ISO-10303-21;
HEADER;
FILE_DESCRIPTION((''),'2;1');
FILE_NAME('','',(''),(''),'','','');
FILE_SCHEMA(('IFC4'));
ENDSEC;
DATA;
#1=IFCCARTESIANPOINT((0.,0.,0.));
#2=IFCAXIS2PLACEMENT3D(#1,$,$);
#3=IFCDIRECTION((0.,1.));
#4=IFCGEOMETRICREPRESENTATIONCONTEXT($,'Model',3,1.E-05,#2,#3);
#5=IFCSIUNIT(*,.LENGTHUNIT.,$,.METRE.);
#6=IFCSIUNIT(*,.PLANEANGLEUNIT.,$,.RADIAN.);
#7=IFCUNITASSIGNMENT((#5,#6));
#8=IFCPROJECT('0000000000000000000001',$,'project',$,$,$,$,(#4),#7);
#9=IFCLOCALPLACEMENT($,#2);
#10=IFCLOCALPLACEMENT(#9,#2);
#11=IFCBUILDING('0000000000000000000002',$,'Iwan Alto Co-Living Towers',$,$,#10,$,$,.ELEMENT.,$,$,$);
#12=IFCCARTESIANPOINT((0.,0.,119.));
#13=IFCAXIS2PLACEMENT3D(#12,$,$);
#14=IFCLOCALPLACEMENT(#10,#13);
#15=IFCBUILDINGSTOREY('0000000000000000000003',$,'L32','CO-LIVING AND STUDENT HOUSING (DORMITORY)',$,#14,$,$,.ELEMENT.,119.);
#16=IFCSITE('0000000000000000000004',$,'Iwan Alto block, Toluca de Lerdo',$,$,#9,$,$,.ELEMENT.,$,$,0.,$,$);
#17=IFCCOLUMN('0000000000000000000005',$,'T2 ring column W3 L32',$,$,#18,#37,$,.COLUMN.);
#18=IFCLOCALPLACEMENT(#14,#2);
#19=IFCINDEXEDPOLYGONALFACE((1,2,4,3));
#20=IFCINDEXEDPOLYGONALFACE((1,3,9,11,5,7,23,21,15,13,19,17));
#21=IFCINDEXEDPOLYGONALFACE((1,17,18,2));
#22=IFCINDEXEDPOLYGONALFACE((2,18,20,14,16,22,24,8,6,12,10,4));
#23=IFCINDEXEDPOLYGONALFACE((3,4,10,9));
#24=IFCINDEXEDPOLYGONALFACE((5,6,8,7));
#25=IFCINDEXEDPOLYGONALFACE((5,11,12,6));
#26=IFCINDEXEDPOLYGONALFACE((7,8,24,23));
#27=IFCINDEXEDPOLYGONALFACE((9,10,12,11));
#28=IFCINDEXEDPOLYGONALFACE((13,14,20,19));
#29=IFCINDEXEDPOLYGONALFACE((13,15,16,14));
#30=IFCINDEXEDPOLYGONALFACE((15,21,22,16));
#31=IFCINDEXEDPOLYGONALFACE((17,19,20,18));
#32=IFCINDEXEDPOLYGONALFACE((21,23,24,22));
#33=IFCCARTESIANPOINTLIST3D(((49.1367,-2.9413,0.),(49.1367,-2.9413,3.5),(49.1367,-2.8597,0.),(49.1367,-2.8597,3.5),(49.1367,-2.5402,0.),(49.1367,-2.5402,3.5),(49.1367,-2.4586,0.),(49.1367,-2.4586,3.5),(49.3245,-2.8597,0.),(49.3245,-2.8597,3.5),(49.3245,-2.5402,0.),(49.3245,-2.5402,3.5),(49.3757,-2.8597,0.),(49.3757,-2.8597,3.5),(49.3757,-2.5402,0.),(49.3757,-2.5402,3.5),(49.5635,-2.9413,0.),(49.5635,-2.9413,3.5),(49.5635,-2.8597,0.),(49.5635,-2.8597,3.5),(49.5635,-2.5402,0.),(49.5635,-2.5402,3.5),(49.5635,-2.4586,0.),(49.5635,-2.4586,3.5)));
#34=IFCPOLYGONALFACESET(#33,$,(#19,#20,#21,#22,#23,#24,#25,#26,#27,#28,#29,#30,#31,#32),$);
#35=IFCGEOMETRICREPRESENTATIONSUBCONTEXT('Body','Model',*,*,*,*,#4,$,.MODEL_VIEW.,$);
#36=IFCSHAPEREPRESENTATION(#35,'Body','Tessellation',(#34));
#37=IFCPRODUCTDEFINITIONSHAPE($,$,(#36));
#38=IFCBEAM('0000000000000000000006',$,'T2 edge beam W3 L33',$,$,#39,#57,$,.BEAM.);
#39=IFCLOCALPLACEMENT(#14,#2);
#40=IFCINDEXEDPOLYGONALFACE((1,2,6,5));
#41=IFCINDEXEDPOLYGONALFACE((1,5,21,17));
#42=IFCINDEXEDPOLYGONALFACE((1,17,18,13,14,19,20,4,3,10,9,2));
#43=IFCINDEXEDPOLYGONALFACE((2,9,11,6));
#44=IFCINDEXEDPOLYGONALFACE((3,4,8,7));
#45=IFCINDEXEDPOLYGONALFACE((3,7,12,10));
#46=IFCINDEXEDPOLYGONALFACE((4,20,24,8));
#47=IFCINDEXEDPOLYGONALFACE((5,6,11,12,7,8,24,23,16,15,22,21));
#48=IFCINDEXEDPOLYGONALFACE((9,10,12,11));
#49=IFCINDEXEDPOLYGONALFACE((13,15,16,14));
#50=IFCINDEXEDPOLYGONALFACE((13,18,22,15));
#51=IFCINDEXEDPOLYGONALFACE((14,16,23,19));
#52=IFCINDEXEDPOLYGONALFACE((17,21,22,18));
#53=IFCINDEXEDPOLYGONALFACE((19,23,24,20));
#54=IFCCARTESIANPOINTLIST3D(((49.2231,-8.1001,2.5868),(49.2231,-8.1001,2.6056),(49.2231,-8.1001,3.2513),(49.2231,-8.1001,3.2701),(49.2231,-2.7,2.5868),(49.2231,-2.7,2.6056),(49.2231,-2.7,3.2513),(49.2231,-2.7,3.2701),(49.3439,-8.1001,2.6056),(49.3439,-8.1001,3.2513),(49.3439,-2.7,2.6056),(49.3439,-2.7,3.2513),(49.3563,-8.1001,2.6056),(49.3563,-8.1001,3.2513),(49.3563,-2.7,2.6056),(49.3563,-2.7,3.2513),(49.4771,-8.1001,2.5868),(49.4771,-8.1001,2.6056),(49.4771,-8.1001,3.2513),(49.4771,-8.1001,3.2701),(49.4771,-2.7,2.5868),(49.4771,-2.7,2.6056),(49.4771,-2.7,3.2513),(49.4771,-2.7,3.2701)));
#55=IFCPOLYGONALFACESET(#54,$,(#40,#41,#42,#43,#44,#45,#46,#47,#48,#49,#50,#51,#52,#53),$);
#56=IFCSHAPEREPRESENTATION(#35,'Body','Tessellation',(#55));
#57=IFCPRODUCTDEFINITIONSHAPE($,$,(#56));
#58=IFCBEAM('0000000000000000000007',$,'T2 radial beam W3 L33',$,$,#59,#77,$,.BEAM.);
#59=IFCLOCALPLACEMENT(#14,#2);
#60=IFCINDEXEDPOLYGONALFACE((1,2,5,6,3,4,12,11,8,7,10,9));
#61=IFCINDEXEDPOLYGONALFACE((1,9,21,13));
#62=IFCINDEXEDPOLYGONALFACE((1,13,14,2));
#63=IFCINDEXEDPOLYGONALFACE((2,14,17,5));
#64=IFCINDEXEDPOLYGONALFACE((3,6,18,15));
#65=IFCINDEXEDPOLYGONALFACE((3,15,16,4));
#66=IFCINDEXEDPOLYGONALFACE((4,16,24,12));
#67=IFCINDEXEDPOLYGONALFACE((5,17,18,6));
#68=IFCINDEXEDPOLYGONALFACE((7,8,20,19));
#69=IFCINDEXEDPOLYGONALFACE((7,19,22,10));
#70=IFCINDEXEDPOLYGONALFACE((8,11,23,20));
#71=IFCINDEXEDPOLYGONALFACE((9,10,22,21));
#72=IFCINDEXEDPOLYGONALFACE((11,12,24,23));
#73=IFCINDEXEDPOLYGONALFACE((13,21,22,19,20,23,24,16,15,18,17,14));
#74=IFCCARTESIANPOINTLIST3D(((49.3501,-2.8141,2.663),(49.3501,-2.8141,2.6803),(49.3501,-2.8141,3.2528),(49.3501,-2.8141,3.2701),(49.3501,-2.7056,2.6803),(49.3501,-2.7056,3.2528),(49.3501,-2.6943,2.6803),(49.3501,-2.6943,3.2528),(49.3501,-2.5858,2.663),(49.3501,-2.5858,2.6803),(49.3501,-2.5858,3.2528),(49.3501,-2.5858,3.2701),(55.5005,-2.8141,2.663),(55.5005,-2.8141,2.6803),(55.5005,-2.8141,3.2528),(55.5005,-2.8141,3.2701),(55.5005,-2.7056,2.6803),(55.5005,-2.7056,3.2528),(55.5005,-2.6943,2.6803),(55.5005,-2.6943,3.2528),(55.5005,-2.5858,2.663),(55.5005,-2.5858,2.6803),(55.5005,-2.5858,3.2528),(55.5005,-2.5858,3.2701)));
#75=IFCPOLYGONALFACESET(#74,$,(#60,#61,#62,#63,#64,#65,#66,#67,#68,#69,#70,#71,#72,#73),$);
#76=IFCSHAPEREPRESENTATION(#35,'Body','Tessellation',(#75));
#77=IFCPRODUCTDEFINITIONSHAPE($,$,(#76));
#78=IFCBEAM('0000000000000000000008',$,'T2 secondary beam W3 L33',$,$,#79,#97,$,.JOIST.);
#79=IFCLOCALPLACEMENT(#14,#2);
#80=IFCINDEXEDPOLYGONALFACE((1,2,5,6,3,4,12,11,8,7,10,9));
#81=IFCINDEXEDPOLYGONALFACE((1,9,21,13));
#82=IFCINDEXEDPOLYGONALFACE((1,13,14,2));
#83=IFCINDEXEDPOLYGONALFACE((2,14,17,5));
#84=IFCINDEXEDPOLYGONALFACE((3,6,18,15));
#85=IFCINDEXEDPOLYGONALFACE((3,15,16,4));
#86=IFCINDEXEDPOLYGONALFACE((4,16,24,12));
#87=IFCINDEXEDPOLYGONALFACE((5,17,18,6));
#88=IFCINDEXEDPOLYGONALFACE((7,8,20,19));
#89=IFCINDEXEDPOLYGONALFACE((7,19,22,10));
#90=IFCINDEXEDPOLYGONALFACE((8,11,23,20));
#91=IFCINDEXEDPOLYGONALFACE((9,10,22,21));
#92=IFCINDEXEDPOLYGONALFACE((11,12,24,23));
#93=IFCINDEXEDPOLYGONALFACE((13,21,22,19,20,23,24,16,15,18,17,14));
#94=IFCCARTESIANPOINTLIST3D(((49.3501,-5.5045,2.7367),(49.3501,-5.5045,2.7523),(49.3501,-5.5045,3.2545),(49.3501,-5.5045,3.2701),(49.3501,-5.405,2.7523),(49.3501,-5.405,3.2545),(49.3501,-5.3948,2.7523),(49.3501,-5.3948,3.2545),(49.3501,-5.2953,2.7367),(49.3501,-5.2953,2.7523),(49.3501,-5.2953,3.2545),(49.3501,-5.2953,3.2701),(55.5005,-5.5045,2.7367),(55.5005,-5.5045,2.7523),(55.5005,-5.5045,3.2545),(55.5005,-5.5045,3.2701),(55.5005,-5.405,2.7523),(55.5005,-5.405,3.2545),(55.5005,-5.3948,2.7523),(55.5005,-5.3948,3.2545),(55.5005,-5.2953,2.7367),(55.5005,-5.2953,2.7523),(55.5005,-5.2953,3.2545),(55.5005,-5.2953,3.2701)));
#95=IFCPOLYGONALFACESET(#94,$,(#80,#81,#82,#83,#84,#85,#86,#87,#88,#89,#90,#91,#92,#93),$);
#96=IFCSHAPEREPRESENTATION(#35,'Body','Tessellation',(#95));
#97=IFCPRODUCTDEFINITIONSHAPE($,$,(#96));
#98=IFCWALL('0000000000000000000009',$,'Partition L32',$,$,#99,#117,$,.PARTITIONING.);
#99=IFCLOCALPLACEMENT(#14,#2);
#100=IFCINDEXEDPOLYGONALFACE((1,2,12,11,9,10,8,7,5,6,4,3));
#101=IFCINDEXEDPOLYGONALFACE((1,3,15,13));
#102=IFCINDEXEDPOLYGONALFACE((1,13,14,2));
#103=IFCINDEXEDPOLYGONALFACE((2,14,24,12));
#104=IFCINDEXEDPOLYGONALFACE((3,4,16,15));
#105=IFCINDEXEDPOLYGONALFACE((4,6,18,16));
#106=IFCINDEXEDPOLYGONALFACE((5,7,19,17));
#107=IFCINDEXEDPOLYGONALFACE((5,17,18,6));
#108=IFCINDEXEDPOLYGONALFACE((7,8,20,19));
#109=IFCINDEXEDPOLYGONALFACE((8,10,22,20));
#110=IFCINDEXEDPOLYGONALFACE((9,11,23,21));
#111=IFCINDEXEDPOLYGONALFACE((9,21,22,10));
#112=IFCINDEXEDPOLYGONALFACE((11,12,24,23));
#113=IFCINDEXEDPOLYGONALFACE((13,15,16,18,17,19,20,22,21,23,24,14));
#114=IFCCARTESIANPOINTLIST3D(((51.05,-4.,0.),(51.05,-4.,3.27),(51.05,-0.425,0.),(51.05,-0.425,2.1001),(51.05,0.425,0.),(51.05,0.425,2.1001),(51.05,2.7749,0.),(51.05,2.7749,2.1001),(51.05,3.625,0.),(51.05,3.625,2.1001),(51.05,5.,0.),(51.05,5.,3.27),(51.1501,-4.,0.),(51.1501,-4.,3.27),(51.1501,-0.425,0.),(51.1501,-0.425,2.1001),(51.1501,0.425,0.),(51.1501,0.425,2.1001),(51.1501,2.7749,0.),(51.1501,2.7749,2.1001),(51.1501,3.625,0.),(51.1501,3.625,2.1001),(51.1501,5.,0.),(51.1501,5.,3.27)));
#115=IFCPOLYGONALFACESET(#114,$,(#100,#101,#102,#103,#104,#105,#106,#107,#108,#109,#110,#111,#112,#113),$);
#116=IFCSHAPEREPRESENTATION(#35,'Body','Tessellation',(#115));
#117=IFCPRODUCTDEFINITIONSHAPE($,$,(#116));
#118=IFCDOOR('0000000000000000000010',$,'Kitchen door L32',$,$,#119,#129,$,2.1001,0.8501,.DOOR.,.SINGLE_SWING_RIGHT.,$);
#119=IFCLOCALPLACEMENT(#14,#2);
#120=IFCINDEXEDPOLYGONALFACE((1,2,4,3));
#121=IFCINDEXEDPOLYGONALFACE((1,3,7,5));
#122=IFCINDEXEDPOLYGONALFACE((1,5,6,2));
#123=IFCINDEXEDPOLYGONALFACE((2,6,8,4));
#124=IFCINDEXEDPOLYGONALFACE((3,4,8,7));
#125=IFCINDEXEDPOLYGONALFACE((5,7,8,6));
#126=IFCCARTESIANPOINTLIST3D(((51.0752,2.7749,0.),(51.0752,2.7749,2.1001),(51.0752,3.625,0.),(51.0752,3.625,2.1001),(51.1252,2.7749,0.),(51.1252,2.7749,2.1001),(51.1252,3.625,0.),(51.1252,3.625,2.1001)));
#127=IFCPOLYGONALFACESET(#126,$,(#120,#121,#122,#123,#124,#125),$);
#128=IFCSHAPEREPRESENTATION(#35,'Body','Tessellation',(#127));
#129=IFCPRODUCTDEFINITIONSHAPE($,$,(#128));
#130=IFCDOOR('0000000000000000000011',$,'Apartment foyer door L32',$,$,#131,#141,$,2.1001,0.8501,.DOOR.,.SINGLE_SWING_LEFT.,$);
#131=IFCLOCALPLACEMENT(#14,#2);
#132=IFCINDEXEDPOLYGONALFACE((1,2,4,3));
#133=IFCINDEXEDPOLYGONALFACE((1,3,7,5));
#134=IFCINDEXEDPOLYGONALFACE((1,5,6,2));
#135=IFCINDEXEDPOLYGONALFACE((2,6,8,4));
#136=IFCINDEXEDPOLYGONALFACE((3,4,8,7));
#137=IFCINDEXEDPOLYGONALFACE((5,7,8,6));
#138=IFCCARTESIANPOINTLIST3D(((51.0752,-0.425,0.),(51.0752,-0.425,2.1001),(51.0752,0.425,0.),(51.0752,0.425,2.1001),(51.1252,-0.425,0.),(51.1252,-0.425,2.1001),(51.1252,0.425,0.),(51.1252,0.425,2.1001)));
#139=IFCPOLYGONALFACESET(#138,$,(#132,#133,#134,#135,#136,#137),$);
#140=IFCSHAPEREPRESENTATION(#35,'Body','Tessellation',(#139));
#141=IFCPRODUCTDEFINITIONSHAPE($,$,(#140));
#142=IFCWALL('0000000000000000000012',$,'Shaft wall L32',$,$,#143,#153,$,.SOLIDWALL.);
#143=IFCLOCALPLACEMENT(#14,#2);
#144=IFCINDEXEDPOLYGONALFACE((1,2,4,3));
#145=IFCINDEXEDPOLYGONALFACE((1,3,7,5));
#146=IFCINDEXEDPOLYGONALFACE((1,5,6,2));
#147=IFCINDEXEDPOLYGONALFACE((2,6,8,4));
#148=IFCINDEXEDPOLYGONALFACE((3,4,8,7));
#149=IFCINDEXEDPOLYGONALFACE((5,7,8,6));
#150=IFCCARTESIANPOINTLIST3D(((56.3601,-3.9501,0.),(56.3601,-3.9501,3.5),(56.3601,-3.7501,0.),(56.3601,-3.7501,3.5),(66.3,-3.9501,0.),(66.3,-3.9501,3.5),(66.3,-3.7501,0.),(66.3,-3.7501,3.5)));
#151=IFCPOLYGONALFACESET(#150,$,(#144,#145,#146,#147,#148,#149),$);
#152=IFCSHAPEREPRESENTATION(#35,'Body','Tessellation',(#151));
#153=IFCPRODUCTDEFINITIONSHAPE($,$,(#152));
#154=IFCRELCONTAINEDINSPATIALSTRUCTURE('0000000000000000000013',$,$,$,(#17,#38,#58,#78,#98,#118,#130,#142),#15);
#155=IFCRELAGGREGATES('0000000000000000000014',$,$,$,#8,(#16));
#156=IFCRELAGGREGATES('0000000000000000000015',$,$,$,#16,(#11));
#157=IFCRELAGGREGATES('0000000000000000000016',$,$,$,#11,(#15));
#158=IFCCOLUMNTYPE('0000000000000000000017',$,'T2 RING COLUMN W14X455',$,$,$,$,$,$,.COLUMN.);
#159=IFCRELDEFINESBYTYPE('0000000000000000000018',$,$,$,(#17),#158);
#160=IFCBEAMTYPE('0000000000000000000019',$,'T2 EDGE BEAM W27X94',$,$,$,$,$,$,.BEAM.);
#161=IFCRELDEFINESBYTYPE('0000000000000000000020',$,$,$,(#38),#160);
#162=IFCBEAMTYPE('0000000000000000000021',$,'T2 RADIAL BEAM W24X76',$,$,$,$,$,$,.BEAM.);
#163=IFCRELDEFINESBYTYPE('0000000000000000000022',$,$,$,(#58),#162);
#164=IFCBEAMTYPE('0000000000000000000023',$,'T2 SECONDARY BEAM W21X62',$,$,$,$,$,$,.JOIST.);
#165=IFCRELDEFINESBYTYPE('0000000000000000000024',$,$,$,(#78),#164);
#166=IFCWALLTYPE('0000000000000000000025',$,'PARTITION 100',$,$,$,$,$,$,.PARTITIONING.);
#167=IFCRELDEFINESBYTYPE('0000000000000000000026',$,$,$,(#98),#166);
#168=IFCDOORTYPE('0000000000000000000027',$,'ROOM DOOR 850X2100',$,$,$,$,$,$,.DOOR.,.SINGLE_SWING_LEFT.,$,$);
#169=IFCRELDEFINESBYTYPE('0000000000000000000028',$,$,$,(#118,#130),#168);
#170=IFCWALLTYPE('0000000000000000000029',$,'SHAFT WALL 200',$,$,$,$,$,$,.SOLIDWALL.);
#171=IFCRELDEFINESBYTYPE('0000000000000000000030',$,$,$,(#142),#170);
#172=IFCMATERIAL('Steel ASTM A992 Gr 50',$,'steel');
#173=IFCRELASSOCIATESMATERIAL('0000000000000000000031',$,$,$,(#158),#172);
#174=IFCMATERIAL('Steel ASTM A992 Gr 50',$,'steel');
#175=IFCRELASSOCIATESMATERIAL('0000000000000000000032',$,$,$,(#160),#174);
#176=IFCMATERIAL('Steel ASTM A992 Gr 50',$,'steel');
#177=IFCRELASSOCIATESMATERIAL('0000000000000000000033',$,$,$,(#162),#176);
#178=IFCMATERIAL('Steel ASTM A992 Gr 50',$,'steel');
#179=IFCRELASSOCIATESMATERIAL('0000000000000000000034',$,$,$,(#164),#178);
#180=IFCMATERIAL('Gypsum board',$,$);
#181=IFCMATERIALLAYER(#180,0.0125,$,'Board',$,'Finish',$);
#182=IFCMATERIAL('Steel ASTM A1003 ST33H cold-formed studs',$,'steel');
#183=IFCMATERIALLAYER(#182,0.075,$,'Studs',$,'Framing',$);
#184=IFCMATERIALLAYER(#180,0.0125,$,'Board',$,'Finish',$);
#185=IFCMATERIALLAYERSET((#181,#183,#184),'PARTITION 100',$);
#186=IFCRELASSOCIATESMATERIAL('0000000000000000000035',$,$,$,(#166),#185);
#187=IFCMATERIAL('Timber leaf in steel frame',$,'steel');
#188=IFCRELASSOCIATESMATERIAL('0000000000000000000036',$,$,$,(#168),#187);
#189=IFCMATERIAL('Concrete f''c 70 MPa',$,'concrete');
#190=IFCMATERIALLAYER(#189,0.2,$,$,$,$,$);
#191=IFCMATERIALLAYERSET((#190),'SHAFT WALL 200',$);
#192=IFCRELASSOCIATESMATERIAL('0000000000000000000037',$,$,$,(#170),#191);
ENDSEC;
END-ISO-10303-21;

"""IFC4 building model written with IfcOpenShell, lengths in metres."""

from ifc_helpers import new_model, si_unit, direction, frame, frame_2d, origin, origin_2d, place, context, subcontext, project, spatial, rectangle, i_section, extrude, material, layer, layer_set, material_profile, profile_set, type_object, element, fill, save


model = new_model("IFC4")

# Units and contexts
model_context = context("Model", 3, precision=1e-05, world=origin(), true_north=direction((0.0, 1.0)))
body_context = subcontext(model_context, "Body", "Model", "MODEL_VIEW")
ifc_project = project(units=[si_unit("LENGTHUNIT", "METRE"), si_unit("PLANEANGLEUNIT", "RADIAN")], contexts=[model_context])

# Site, building, storey
site_placement = place(None, origin())
site = spatial("IfcSite", under=ifc_project, at=site_placement, Name="Iwan Alto block, Toluca de Lerdo", CompositionType="ELEMENT", RefElevation=0.0)
building_placement = place(site_placement, origin())
building = spatial("IfcBuilding", under=site, at=building_placement, Name="Iwan Alto Co-Living Towers", CompositionType="ELEMENT")
storey_placement = place(building_placement, frame((0.0, 0.0, 119.0)))
storey = spatial("IfcBuildingStorey", under=building, at=storey_placement, Name="L32", Description="CO-LIVING AND STUDENT HOUSING (DORMITORY)", CompositionType="ELEMENT", Elevation=119.0)

# Column
ifc_material_1 = material(Name="Steel ASTM A992 Gr 50", Category="steel")
ifc_material_profile_1 = material_profile(ifc_material_1, i_section(OverallWidth=0.4268, OverallDepth=0.4827, WebThickness=0.0513, FlangeThickness=0.0815, at=origin_2d()), Name="W14X455")
ifc_profile_set_1 = profile_set([ifc_material_profile_1], Name="Steel ASTM A992 Gr 50")
column_type = type_object("IfcColumnType", Name="T2 RING COLUMN W14X455", PredefinedType="COLUMN", material=ifc_profile_set_1)
column_placement = place(storey_placement, frame((49.3501, -2.7, 0.0), z_axis=(0.0, 0.0, 1.0), x_axis=(1.0, 0.0, 0.0)))
element("IfcColumn", 1, at=column_placement, inside=storey, type_object=column_type, Name="T2 ring column W3 L32", PredefinedType="COLUMN", context=body_context, shape_type="SweptSolid", body=[
    extrude(i_section(OverallWidth=0.4268, OverallDepth=0.4827, WebThickness=0.0513, FlangeThickness=0.0815, at=origin_2d()), origin(), (0.0, 0.0, 1.0), 3.5),
])

# Beams
ifc_material_2 = material(Name="Steel ASTM A992 Gr 50", Category="steel")
ifc_material_profile_2 = material_profile(ifc_material_2, i_section(OverallWidth=0.2539, OverallDepth=0.6833, WebThickness=0.0125, FlangeThickness=0.0188, at=origin_2d()), Name="W27X94")
ifc_profile_set_2 = profile_set([ifc_material_profile_2], Name="Steel ASTM A992 Gr 50")
beam_type_1 = type_object("IfcBeamType", Name="T2 EDGE BEAM W27X94", PredefinedType="BEAM", material=ifc_profile_set_2)
beam_1_placement = place(storey_placement, frame((49.3501, -2.7, 2.9285), z_axis=(0.0, -1.0, 0.0), x_axis=(1.0, 0.0, 0.0)))
element("IfcBeam", 2, at=beam_1_placement, inside=storey, type_object=beam_type_1, Name="T2 edge beam W3 L33", PredefinedType="BEAM", context=body_context, shape_type="SweptSolid", body=[
    extrude(i_section(OverallWidth=0.2539, OverallDepth=0.6833, WebThickness=0.0125, FlangeThickness=0.0188, at=origin_2d()), origin(), (0.0, 0.0, 1.0), 5.4001),
])
ifc_material_3 = material(Name="Steel ASTM A992 Gr 50", Category="steel")
ifc_material_profile_3 = material_profile(ifc_material_3, i_section(OverallWidth=0.2283, OverallDepth=0.6072, WebThickness=0.0112, FlangeThickness=0.0173, at=origin_2d()), Name="W24X76")
ifc_profile_set_3 = profile_set([ifc_material_profile_3], Name="Steel ASTM A992 Gr 50")
beam_type_2 = type_object("IfcBeamType", Name="T2 RADIAL BEAM W24X76", PredefinedType="BEAM", material=ifc_profile_set_3)
beam_2_placement = place(storey_placement, frame((49.3501, -2.7, 2.9666), z_axis=(1.0, 0.0, 0.0), x_axis=(0.0, 1.0, 0.0)))
element("IfcBeam", 3, at=beam_2_placement, inside=storey, type_object=beam_type_2, Name="T2 radial beam W3 L33", PredefinedType="BEAM", context=body_context, shape_type="SweptSolid", body=[
    extrude(i_section(OverallWidth=0.2283, OverallDepth=0.6072, WebThickness=0.0112, FlangeThickness=0.0173, at=origin_2d()), origin(), (0.0, 0.0, 1.0), 6.1504),
])
ifc_material_4 = material(Name="Steel ASTM A992 Gr 50", Category="steel")
ifc_material_profile_4 = material_profile(ifc_material_4, i_section(OverallWidth=0.2092, OverallDepth=0.5334, WebThickness=0.0103, FlangeThickness=0.0156, at=origin_2d()), Name="W21X62")
ifc_profile_set_4 = profile_set([ifc_material_profile_4], Name="Steel ASTM A992 Gr 50")
beam_type_3 = type_object("IfcBeamType", Name="T2 SECONDARY BEAM W21X62", PredefinedType="JOIST", material=ifc_profile_set_4)
beam_3_placement = place(storey_placement, frame((49.3501, -5.3999, 3.0034), z_axis=(1.0, 0.0, 0.0), x_axis=(0.0, 1.0, 0.0)))
element("IfcBeam", 4, at=beam_3_placement, inside=storey, type_object=beam_type_3, Name="T2 secondary beam W3 L33", PredefinedType="JOIST", context=body_context, shape_type="SweptSolid", body=[
    extrude(i_section(OverallWidth=0.2092, OverallDepth=0.5334, WebThickness=0.0103, FlangeThickness=0.0156, at=origin_2d()), origin(), (0.0, 0.0, 1.0), 6.1504),
])

# Wall, openings, doors
ifc_material_5 = material(Name="Gypsum board")
ifc_layer_1 = layer(ifc_material_5, 0.0125, Name="Board", Category="Finish")
ifc_material_6 = material(Name="Steel ASTM A1003 ST33H cold-formed studs", Category="steel")
ifc_layer_2 = layer(ifc_material_6, 0.075, Name="Studs", Category="Framing")
ifc_layer_3 = layer(ifc_material_5, 0.0125, Name="Board", Category="Finish")
ifc_layer_set_1 = layer_set([ifc_layer_1, ifc_layer_2, ifc_layer_3], Name="PARTITION 100")
wall_type_1 = type_object("IfcWallType", Name="PARTITION 100", PredefinedType="PARTITIONING", material=ifc_layer_set_1)
wall_1_placement = place(storey_placement, frame((51.1001, -4.0, 0.0), z_axis=(0.0, 0.0, 1.0), x_axis=(0.0, 1.0, 0.0)))
wall_1 = element("IfcWall", 5, at=wall_1_placement, inside=storey, type_object=wall_type_1, Name="Partition L32", PredefinedType="PARTITIONING", context=body_context, shape_type="SweptSolid", body=[
    extrude(rectangle(XDim=9.0, YDim=0.1001, at=frame_2d((4.5, 0.0))), origin(), (0.0, 0.0, 1.0), 3.27),
])
opening_1_placement = place(wall_1_placement, frame((6.7749, 0.0, 0.0)))
opening_1 = element("IfcOpeningElement", 6, at=opening_1_placement, cuts=wall_1, PredefinedType="OPENING", context=body_context, shape_type="SweptSolid", body=[
    extrude(rectangle(XDim=0.8501, YDim=2.1001, at=frame_2d((0.425, 1.05))), frame((0.0, 0.0601, 0.0), z_axis=(0.0, -1.0, 0.0), x_axis=(1.0, 0.0, 0.0)), (0.0, 0.0, 1.0), 0.1201),
])
opening_2_placement = place(wall_1_placement, frame((3.575, 0.0, 0.0)))
opening_2 = element("IfcOpeningElement", 7, at=opening_2_placement, cuts=wall_1, PredefinedType="OPENING", context=body_context, shape_type="SweptSolid", body=[
    extrude(rectangle(XDim=0.8501, YDim=2.1001, at=frame_2d((0.425, 1.05))), frame((0.0, 0.0601, 0.0), z_axis=(0.0, -1.0, 0.0), x_axis=(1.0, 0.0, 0.0)), (0.0, 0.0, 1.0), 0.1201),
])
ifc_material_7 = material(Name="Timber leaf in steel frame", Category="steel")
door_type_1 = type_object("IfcDoorType", Name="ROOM DOOR 850X2100", OperationType="SINGLE_SWING_LEFT", PredefinedType="DOOR", material=ifc_material_7)
door_1_placement = place(opening_1_placement, origin())
door_1 = element("IfcDoor", 8, at=door_1_placement, inside=storey, type_object=door_type_1, Name="Kitchen door L32", OperationType="SINGLE_SWING_RIGHT", OverallHeight=2.1001, OverallWidth=0.8501, PredefinedType="DOOR", context=body_context, shape_type="SweptSolid", body=[
    extrude(rectangle(XDim=0.8501, YDim=2.1001, at=frame_2d((0.425, 1.05))), frame((0.0, 0.0249, 0.0), z_axis=(0.0, -1.0, 0.0), x_axis=(1.0, 0.0, 0.0)), (0.0, 0.0, 1.0), 0.05),
])
fill(opening_1, door_1)
door_2_placement = place(opening_2_placement, origin())
door_2 = element("IfcDoor", 9, at=door_2_placement, inside=storey, type_object=door_type_1, Name="Apartment foyer door L32", OperationType="SINGLE_SWING_LEFT", OverallHeight=2.1001, OverallWidth=0.8501, PredefinedType="DOOR", context=body_context, shape_type="SweptSolid", body=[
    extrude(rectangle(XDim=0.8501, YDim=2.1001, at=frame_2d((0.425, 1.05))), frame((0.0, 0.0249, 0.0), z_axis=(0.0, -1.0, 0.0), x_axis=(1.0, 0.0, 0.0)), (0.0, 0.0, 1.0), 0.05),
])
fill(opening_2, door_2)

# Wall
ifc_material_8 = material(Name="Concrete f'c 70 MPa", Category="concrete")
ifc_layer_4 = layer(ifc_material_8, 0.2)
ifc_layer_set_2 = layer_set([ifc_layer_4], Name="SHAFT WALL 200")
wall_type_2 = type_object("IfcWallType", Name="SHAFT WALL 200", PredefinedType="SOLIDWALL", material=ifc_layer_set_2)
wall_2_placement = place(storey_placement, frame((56.3601, -3.8501, 0.0), z_axis=(0.0, 0.0, 1.0), x_axis=(1.0, 0.0, 0.0)))
element("IfcWall", 10, at=wall_2_placement, inside=storey, type_object=wall_type_2, Name="Shaft wall L32", PredefinedType="SOLIDWALL", context=body_context, shape_type="SweptSolid", body=[
    extrude(rectangle(XDim=9.9399, YDim=0.2, at=frame_2d((4.97, 0.0))), origin(), (0.0, 0.0, 1.0), 3.5),
])

save(model, "model.ifc")
